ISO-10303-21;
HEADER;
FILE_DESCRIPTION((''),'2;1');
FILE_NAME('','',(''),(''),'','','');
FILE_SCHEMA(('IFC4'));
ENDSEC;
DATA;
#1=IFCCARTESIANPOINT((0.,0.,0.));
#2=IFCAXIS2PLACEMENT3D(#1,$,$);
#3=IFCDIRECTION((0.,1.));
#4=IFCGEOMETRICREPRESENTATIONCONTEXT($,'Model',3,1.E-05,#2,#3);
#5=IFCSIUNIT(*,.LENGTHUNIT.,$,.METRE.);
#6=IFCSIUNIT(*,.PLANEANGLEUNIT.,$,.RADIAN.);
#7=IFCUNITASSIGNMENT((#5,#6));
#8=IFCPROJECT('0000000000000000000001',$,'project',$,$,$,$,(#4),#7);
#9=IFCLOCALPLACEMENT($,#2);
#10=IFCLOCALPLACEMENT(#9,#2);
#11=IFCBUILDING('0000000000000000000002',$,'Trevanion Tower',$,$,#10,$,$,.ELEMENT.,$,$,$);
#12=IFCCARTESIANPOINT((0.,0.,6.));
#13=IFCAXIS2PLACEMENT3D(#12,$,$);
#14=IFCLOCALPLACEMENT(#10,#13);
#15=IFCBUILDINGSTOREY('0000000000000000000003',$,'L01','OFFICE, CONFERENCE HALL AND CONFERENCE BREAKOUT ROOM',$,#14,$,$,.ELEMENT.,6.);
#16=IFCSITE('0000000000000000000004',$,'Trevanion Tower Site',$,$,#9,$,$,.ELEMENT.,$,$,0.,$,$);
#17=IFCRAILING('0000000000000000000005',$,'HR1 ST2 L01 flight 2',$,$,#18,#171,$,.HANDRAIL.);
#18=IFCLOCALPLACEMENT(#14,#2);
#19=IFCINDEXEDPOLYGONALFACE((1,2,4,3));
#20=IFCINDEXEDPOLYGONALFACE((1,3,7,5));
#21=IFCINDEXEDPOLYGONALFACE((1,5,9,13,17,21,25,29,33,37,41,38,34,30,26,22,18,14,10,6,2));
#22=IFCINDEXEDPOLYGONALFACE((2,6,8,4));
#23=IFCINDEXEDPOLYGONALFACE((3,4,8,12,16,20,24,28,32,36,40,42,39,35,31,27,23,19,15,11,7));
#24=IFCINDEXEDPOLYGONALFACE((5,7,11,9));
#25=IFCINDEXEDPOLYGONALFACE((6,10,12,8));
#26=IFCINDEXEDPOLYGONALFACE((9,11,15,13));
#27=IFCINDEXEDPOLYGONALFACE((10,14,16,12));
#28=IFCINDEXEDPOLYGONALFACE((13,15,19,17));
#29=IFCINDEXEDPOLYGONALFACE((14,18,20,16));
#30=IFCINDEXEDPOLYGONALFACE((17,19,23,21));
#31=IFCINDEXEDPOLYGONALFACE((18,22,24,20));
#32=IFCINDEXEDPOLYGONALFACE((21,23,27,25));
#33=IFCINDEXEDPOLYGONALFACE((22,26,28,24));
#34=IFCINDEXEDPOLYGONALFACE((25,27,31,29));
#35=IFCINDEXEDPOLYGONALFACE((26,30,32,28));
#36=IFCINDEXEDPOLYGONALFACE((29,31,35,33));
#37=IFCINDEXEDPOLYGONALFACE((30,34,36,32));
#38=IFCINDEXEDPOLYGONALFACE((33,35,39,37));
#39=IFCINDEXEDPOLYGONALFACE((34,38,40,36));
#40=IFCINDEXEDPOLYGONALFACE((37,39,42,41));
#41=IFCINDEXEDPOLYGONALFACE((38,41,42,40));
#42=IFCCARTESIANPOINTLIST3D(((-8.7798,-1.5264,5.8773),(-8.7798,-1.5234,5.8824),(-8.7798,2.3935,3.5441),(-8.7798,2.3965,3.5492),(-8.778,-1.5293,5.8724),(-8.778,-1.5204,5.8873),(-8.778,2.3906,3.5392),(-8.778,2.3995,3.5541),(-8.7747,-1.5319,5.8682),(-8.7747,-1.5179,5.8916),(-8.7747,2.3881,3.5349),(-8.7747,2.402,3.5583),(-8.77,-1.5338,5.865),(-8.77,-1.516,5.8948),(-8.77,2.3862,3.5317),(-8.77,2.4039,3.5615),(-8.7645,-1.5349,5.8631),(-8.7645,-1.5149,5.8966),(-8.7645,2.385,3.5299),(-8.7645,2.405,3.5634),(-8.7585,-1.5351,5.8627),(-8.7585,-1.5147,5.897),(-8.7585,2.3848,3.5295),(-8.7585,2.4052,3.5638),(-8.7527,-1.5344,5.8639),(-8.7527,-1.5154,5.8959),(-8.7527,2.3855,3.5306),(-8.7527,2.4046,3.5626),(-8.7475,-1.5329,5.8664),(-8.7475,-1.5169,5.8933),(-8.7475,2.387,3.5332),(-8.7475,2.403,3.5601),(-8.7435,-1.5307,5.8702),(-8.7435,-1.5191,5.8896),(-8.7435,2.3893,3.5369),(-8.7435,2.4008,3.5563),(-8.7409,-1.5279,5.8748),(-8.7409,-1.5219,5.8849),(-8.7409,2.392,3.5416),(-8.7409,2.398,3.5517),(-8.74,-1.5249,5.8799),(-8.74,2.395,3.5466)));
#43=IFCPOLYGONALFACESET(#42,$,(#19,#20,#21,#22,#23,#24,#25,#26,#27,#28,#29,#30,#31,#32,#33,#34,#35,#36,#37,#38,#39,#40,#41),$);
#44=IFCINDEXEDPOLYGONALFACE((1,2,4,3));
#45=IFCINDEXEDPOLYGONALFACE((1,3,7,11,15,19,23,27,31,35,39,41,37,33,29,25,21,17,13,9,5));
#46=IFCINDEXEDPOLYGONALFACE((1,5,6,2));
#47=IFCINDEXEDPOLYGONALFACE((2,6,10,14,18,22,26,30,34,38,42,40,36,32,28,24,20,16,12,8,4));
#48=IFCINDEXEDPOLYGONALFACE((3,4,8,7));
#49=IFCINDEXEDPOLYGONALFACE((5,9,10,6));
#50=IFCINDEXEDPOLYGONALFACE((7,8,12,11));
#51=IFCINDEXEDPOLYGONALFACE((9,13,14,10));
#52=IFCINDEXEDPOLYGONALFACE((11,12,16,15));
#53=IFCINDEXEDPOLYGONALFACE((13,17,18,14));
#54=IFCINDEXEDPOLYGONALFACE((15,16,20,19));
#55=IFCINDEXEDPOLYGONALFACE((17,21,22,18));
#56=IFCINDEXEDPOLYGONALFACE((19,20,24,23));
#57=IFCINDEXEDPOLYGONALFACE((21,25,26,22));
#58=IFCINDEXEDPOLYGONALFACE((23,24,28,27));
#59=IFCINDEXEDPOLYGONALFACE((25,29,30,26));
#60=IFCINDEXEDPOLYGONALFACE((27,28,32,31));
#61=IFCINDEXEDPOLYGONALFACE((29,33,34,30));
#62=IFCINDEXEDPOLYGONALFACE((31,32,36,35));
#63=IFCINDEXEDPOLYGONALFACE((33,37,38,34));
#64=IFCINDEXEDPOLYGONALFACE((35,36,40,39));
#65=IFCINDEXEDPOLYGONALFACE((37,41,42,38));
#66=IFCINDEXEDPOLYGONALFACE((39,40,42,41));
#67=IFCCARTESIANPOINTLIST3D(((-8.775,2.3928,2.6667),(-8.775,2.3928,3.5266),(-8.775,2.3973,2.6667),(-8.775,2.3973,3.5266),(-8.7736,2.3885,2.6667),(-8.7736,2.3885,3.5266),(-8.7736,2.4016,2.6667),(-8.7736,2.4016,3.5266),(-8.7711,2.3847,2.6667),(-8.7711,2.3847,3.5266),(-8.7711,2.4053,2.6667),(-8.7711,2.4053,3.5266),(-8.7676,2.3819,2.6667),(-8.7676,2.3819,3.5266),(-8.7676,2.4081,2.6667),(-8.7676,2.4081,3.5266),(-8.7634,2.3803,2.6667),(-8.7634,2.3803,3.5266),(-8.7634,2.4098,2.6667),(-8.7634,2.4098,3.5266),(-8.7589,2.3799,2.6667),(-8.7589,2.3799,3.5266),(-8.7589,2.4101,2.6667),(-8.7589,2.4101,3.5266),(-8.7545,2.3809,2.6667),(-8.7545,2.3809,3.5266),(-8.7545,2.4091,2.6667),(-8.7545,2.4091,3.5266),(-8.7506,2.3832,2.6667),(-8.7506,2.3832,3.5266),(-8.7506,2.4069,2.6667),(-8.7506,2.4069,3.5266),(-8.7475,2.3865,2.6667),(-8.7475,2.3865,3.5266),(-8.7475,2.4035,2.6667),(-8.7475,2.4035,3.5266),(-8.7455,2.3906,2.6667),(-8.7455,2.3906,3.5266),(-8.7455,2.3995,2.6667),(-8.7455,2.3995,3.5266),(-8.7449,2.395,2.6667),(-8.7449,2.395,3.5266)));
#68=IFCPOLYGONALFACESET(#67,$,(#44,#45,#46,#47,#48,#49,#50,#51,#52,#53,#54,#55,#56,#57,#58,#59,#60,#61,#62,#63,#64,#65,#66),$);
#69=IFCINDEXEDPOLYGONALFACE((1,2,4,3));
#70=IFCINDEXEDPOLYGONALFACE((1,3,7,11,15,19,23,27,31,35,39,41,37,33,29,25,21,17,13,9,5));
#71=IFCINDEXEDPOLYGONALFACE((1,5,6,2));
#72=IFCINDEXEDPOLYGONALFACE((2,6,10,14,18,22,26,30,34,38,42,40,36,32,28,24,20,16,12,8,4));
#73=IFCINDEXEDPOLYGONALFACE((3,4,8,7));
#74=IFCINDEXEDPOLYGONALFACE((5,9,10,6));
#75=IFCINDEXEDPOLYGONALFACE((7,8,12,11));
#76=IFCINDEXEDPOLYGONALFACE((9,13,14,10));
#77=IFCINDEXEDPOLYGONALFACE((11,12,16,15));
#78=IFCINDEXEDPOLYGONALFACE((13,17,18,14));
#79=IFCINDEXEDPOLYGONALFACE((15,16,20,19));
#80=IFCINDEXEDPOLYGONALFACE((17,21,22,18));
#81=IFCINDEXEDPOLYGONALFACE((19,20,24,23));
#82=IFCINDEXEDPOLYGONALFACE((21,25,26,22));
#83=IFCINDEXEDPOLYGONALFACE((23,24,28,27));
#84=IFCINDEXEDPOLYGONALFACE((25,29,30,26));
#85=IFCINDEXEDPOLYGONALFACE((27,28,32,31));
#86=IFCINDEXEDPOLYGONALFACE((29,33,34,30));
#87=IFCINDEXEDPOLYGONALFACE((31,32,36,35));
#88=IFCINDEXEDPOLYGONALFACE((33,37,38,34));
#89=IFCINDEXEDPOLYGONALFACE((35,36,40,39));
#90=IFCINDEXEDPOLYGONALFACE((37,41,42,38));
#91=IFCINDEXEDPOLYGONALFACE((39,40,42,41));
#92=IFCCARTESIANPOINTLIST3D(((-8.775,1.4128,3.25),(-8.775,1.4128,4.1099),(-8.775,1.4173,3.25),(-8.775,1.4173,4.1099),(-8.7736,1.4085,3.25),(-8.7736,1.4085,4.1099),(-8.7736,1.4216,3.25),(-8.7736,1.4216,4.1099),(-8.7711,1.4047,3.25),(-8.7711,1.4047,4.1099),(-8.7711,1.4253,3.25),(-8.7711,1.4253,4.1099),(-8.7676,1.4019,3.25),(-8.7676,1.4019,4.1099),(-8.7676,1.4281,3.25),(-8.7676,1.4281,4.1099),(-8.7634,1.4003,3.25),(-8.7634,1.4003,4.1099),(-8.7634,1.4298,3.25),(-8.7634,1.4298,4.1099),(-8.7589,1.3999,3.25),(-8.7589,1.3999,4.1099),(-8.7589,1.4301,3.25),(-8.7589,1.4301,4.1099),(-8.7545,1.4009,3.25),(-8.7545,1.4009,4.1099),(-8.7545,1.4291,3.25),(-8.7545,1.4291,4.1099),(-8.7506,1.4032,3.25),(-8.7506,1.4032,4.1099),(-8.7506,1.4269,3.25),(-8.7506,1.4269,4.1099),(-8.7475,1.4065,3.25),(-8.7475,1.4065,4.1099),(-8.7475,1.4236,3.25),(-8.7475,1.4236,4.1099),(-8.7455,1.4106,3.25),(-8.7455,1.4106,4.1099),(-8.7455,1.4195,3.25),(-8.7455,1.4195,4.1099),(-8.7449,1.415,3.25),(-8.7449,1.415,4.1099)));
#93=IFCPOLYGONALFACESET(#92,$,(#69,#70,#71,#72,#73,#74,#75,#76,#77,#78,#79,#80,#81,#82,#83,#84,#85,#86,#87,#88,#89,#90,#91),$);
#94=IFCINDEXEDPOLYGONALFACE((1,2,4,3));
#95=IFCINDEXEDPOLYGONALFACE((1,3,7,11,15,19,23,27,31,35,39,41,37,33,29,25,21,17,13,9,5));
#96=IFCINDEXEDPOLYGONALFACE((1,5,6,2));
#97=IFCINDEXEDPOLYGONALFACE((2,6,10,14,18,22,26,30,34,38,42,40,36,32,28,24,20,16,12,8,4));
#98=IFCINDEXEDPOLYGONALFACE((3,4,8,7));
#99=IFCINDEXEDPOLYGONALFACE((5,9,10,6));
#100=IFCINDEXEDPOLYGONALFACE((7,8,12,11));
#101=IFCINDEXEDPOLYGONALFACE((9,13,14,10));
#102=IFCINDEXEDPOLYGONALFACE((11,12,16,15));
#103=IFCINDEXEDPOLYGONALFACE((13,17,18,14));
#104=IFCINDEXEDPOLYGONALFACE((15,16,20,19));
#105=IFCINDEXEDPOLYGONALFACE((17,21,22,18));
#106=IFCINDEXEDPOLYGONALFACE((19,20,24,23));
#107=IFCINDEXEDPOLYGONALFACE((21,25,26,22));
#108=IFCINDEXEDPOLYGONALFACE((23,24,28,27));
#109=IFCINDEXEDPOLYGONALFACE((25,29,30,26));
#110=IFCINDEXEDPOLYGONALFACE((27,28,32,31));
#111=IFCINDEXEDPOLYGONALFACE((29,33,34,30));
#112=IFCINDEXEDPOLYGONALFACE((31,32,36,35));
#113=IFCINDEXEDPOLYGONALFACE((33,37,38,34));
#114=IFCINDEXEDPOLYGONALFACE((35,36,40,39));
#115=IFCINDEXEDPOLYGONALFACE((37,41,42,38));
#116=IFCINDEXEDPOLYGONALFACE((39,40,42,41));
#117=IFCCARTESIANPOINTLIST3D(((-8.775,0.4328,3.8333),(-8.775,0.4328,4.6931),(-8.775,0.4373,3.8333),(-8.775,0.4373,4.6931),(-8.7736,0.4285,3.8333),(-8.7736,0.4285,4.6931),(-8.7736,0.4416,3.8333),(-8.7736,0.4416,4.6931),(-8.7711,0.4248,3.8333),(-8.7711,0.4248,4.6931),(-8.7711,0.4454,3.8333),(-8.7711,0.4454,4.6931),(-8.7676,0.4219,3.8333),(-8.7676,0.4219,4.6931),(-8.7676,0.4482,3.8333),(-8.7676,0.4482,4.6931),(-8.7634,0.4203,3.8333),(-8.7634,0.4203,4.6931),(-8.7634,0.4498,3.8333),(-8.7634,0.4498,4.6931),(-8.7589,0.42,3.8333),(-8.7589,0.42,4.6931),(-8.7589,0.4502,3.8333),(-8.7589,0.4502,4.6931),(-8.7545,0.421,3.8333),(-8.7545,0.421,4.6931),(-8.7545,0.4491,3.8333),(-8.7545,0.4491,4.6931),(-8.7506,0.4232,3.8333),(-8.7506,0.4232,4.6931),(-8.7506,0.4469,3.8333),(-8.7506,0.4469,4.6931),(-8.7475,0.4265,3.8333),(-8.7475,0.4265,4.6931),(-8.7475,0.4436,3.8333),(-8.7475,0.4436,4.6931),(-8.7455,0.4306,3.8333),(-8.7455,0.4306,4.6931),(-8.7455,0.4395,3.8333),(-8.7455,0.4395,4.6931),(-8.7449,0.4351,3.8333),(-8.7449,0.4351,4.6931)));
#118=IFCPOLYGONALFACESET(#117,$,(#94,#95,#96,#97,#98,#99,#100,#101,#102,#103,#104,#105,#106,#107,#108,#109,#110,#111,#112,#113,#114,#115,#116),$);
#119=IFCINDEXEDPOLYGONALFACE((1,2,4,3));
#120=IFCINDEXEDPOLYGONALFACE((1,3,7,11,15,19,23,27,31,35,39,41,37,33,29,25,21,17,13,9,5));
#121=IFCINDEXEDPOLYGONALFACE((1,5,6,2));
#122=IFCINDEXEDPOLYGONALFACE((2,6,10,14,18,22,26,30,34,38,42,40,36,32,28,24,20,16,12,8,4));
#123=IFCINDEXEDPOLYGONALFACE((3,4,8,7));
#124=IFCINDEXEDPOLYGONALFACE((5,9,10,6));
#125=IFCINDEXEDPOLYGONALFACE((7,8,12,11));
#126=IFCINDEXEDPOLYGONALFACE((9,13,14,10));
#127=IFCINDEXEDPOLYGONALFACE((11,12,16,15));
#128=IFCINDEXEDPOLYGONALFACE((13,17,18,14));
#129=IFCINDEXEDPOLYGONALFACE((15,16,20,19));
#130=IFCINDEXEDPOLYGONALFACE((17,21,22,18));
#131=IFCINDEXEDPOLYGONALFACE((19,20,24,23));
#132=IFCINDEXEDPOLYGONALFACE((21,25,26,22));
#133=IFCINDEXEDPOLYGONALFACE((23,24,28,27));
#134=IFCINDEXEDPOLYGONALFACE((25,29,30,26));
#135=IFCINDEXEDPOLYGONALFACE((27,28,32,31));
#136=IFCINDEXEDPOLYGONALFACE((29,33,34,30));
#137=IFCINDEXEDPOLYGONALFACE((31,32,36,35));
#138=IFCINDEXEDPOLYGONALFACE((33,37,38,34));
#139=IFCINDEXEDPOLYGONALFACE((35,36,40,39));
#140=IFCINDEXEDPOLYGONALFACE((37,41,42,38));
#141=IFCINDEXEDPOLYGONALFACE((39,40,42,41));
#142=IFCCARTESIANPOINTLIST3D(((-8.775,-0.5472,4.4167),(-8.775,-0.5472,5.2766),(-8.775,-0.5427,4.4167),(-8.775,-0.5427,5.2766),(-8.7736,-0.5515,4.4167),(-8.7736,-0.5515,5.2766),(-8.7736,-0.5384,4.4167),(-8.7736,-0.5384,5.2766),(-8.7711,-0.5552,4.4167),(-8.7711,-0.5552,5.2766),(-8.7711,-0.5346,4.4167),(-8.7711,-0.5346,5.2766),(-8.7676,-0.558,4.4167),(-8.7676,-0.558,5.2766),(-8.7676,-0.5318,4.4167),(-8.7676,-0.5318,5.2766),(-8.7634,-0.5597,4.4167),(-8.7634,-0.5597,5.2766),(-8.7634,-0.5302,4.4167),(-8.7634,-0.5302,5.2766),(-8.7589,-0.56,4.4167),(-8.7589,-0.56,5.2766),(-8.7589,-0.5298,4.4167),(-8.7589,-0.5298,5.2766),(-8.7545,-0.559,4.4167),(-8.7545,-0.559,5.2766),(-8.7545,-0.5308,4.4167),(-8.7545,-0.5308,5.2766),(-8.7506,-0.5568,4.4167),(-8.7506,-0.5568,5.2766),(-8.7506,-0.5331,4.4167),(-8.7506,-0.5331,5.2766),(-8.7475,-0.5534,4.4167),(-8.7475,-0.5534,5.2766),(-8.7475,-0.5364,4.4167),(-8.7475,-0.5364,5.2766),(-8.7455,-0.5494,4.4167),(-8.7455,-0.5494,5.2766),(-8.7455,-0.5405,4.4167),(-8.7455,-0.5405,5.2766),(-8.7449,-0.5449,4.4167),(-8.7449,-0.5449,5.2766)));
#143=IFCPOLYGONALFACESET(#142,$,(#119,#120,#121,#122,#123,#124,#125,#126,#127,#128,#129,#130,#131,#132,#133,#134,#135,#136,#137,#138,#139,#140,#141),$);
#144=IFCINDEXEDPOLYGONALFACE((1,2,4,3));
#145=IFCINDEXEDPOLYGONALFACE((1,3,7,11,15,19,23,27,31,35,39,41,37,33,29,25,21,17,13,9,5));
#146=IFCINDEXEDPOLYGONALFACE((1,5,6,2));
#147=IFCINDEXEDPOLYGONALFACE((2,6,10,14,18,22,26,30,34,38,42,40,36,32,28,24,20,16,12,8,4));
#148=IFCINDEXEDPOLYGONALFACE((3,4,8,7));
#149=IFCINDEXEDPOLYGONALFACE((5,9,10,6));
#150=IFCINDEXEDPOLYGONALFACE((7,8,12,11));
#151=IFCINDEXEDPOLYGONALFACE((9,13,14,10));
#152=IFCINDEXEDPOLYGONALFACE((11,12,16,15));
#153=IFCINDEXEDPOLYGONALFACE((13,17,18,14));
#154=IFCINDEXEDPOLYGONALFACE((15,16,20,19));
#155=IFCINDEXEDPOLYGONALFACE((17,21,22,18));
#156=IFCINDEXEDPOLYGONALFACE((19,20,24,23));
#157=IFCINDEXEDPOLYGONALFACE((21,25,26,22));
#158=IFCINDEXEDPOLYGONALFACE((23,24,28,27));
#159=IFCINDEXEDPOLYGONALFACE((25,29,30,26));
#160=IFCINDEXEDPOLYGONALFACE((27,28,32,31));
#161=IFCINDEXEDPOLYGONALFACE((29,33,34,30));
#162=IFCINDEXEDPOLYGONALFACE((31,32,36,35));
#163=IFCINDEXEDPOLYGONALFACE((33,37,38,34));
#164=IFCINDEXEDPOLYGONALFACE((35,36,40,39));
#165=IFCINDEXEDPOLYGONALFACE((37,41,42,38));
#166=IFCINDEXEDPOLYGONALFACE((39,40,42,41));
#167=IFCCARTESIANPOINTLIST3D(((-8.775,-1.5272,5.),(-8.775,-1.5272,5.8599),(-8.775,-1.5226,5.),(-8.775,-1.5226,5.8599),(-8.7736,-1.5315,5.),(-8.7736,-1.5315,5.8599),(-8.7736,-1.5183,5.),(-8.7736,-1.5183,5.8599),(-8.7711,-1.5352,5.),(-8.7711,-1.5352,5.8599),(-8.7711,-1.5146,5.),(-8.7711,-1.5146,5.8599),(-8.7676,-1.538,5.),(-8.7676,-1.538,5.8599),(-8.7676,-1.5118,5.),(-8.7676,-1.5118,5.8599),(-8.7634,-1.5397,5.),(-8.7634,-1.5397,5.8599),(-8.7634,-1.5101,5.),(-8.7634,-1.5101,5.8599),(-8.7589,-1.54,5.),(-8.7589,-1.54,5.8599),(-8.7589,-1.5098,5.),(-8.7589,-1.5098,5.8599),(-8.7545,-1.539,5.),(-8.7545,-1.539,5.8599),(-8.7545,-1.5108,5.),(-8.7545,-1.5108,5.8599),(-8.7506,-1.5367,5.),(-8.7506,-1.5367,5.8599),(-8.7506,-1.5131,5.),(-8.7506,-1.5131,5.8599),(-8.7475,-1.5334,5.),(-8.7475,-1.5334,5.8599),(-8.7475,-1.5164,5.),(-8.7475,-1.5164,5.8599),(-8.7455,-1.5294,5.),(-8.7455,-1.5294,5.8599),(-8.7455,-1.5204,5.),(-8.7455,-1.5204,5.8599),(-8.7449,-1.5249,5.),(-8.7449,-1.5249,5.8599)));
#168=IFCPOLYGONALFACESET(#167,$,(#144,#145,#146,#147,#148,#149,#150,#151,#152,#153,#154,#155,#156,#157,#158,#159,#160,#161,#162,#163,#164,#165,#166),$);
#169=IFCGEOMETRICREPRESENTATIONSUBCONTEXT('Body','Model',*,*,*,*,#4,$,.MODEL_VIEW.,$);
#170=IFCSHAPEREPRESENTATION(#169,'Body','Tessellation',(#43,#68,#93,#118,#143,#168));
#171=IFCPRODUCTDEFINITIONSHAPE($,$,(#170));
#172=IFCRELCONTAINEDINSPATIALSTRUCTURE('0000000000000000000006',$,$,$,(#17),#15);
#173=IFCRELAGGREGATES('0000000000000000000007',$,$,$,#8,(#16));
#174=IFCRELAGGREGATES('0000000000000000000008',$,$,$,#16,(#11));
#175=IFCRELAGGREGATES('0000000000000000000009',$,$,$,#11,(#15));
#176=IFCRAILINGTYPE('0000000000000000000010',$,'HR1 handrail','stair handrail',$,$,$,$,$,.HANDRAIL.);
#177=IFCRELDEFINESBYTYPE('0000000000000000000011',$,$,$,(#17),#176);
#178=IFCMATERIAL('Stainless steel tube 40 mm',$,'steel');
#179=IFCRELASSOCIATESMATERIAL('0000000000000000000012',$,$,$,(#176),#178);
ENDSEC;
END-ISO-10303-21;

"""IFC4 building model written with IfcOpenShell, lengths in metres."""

from ifc_helpers import new_model, si_unit, direction, frame, origin, origin_2d, place, context, subcontext, project, spatial, circle, extrude, material, type_object, element, save


model = new_model("IFC4")

# Units and contexts
model_context = context("Model", 3, precision=1e-05, world=origin(), true_north=direction((0.0, 1.0)))
body_context = subcontext(model_context, "Body", "Model", "MODEL_VIEW")
ifc_project = project(units=[si_unit("LENGTHUNIT", "METRE"), si_unit("PLANEANGLEUNIT", "RADIAN")], contexts=[model_context])

# Site, building, storey
site_placement = place(None, origin())
site = spatial("IfcSite", under=ifc_project, at=site_placement, Name="Trevanion Tower Site", CompositionType="ELEMENT", RefElevation=0.0)
building_placement = place(site_placement, origin())
building = spatial("IfcBuilding", under=site, at=building_placement, Name="Trevanion Tower", CompositionType="ELEMENT")
storey_placement = place(building_placement, frame((0.0, 0.0, 6.0)))
storey = spatial("IfcBuildingStorey", under=building, at=storey_placement, Name="L01", Description="OFFICE, CONFERENCE HALL AND CONFERENCE BREAKOUT ROOM", CompositionType="ELEMENT", Elevation=6.0)

# Railing
ifc_material_1 = material(Name="Stainless steel tube 40 mm", Category="steel")
railing_type = type_object("IfcRailingType", Name="HR1 handrail", Description="stair handrail", PredefinedType="HANDRAIL", material=ifc_material_1)
for number, where, name in (
    (1, (-8.76, 2.395, 2.6667), "HR1 ST2 L01 flight 2"),
):
    element("IfcRailing", number, at=place(storey_placement, frame(where)), inside=storey, type_object=railing_type, Name=name, PredefinedType="HANDRAIL", context=body_context, shape_type="SweptSolid", body=[
        extrude(circle(Radius=0.02, at=origin_2d()), frame((0.0, 0.0, 0.8799), z_axis=(0.0, -0.859296, 0.511478), x_axis=(1.0, 0.0, 0.0)), (0.0, 0.0, 1.0), 4.5618),
        extrude(circle(Radius=0.0151, at=origin_2d()), origin(), (0.0, 0.0, 1.0), 0.8599),
        extrude(circle(Radius=0.0151, at=origin_2d()), frame((0.0, -0.98, 0.5833)), (0.0, 0.0, 1.0), 0.8599),
        extrude(circle(Radius=0.0151, at=origin_2d()), frame((0.0, -1.96, 1.1665)), (0.0, 0.0, 1.0), 0.8599),
        extrude(circle(Radius=0.0151, at=origin_2d()), frame((0.0, -2.9399, 1.75)), (0.0, 0.0, 1.0), 0.8599),
        extrude(circle(Radius=0.0151, at=origin_2d()), frame((0.0, -3.9199, 2.3333)), (0.0, 0.0, 1.0), 0.8599),
    ])

save(model, "model.ifc")
